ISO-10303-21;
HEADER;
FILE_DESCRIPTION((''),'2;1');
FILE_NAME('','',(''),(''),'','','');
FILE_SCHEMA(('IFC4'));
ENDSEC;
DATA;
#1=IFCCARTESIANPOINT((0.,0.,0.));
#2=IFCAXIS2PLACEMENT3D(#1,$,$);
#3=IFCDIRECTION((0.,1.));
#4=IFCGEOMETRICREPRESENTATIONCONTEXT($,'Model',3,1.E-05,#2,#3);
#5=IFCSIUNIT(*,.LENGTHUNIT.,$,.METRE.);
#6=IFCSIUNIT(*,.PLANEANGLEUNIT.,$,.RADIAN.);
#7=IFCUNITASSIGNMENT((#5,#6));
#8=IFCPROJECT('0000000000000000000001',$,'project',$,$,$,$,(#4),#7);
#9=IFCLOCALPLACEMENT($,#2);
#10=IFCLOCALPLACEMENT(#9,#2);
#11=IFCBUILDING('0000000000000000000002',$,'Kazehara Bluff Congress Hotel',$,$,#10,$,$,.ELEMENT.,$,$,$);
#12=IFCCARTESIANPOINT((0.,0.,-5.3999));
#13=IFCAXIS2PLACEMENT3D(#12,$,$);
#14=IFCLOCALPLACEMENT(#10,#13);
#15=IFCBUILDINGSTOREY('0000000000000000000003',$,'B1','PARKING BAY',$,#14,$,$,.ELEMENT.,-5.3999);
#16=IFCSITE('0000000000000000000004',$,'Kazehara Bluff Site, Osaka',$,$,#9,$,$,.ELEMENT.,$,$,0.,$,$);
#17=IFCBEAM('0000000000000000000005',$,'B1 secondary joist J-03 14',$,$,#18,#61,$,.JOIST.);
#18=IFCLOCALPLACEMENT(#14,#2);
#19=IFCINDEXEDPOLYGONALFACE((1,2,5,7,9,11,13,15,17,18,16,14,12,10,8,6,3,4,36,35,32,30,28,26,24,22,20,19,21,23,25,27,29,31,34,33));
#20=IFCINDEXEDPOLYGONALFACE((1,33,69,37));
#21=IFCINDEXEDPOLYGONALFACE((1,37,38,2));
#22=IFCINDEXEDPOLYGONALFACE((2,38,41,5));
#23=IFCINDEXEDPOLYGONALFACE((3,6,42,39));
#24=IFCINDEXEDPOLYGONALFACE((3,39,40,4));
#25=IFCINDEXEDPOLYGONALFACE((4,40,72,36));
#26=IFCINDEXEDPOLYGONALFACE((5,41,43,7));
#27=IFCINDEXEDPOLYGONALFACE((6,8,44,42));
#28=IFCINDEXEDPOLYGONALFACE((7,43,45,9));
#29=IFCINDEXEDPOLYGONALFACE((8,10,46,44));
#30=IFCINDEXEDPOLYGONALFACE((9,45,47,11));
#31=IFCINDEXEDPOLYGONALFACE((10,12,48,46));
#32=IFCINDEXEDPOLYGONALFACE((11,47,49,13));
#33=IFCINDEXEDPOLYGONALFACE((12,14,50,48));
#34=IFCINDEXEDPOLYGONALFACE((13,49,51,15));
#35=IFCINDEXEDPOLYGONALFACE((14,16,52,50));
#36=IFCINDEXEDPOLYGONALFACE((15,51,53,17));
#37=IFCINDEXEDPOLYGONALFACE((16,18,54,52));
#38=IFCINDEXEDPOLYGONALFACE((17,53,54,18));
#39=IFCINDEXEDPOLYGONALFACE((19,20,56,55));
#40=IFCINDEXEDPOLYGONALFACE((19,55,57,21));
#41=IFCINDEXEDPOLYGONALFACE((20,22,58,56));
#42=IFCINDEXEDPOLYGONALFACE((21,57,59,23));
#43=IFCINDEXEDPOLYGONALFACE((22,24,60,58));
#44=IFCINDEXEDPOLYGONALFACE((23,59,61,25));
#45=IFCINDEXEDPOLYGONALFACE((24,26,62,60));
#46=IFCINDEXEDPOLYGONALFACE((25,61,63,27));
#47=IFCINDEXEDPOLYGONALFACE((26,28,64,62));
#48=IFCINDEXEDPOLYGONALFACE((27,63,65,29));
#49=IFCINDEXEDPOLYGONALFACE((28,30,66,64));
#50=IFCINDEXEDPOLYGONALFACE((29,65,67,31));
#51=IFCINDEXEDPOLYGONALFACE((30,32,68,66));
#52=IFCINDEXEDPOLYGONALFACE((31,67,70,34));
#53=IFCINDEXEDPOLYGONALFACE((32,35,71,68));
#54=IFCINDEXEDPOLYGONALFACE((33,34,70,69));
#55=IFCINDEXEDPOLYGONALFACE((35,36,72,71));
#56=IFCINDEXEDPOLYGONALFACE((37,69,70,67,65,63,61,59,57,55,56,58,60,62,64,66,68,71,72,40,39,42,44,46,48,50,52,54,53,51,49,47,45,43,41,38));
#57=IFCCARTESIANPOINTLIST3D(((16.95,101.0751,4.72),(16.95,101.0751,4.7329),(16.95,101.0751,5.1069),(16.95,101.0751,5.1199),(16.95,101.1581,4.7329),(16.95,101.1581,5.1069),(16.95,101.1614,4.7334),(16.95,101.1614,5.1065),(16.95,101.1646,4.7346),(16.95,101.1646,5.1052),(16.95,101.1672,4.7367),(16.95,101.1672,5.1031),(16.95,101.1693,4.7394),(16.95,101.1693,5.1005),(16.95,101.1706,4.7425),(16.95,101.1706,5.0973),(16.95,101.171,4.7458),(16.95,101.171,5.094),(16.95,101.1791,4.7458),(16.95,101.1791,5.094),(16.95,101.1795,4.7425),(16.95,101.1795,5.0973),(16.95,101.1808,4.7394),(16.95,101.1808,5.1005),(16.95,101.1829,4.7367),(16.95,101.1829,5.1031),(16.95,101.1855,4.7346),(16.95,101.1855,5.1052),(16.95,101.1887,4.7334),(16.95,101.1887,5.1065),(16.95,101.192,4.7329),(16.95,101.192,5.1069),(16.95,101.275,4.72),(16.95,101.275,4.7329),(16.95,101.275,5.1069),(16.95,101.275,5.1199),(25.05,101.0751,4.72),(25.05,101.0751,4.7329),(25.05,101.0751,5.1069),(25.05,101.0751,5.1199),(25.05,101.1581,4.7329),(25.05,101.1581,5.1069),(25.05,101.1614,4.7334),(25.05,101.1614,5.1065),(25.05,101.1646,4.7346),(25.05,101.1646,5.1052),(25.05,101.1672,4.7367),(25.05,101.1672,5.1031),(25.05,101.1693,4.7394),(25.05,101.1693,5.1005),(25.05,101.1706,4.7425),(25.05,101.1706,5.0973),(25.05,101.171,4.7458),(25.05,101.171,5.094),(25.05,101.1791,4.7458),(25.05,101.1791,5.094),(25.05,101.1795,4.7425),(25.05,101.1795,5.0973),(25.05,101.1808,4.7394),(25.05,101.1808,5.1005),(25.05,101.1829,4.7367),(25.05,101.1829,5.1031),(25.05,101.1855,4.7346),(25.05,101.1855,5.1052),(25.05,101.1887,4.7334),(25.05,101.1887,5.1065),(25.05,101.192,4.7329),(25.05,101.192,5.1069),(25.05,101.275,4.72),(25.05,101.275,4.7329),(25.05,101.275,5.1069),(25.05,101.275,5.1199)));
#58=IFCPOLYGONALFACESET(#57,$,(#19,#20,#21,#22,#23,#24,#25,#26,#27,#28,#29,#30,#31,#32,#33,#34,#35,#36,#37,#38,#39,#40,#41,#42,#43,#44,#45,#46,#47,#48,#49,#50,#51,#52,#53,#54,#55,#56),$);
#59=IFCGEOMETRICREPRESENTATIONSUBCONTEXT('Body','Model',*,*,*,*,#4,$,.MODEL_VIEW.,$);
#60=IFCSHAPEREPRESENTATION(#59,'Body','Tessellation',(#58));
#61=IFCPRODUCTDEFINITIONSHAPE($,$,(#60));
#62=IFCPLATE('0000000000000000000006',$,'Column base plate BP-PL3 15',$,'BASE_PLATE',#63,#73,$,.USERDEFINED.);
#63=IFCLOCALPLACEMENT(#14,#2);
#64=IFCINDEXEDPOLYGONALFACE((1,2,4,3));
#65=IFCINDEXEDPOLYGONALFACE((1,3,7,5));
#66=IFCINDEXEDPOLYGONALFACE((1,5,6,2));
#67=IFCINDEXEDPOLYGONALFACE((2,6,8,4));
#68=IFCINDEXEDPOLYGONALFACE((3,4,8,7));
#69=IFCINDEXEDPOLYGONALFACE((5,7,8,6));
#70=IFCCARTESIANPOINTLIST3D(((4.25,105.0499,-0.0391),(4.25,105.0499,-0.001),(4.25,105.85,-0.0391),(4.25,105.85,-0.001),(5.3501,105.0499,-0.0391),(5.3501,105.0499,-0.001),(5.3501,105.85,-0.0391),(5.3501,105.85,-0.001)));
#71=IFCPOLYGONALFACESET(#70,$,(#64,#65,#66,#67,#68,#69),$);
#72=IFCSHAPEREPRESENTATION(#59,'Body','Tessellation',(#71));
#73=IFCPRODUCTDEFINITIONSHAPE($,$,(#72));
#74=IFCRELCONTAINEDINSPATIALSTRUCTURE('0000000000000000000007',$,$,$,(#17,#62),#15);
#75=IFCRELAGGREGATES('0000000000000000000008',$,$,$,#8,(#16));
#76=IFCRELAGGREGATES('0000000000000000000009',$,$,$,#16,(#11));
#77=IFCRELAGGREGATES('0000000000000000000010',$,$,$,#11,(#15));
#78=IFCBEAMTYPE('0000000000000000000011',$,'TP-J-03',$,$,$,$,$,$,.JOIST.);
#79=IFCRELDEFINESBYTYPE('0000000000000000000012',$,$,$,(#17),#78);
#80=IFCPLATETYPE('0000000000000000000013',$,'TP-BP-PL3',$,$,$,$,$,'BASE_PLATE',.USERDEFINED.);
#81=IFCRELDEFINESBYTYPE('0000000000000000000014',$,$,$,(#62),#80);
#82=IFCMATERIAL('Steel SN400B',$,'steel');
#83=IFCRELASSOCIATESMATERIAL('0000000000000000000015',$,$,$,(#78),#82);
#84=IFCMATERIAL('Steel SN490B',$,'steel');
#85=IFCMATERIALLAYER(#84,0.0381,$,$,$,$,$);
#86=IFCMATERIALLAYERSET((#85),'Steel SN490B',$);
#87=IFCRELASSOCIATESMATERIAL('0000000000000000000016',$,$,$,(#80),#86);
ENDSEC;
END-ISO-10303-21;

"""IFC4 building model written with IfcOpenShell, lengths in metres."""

from ifc_helpers import new_model, si_unit, direction, frame, origin, origin_2d, place, context, subcontext, project, spatial, rectangle, i_section, extrude, material, layer, layer_set, material_profile, profile_set, type_object, element, save


model = new_model("IFC4")

# Units and contexts
model_context = context("Model", 3, precision=1e-05, world=origin(), true_north=direction((0.0, 1.0)))
body_context = subcontext(model_context, "Body", "Model", "MODEL_VIEW")
ifc_project = project(units=[si_unit("LENGTHUNIT", "METRE"), si_unit("PLANEANGLEUNIT", "RADIAN")], contexts=[model_context])

# Site, building, storey
site_placement = place(None, origin())
site = spatial("IfcSite", under=ifc_project, at=site_placement, Name="Kazehara Bluff Site, Osaka", CompositionType="ELEMENT", RefElevation=0.0)
building_placement = place(site_placement, origin())
building = spatial("IfcBuilding", under=site, at=building_placement, Name="Kazehara Bluff Congress Hotel", CompositionType="ELEMENT")
storey_placement = place(building_placement, frame((0.0, 0.0, -5.3999)))
storey = spatial("IfcBuildingStorey", under=building, at=storey_placement, Name="B1", Description="PARKING BAY", CompositionType="ELEMENT", Elevation=-5.3999)

# Beam
ifc_material_1 = material(Name="Steel SN400B", Category="steel")
ifc_material_profile_1 = material_profile(ifc_material_1, i_section(OverallWidth=0.2, OverallDepth=0.3999, WebThickness=0.0081, FlangeThickness=0.0129, FilletRadius=0.0129, at=origin_2d()))
ifc_profile_set_1 = profile_set([ifc_material_profile_1], Name="Steel SN400B")
beam_type_1 = type_object("IfcBeamType", Name="TP-J-03", PredefinedType="JOIST", material=ifc_profile_set_1)
beam_1_placement = place(storey_placement, frame((16.95, 101.175, 4.9199), z_axis=(1.0, 0.0, 0.0), x_axis=(0.0, 1.0, 0.0)))
element("IfcBeam", 1, at=beam_1_placement, inside=storey, type_object=beam_type_1, Name="B1 secondary joist J-03 14", PredefinedType="JOIST", context=body_context, shape_type="SweptSolid", body=[
    extrude(i_section(OverallWidth=0.2, OverallDepth=0.3999, WebThickness=0.0081, FlangeThickness=0.0129, FilletRadius=0.0129, at=origin_2d()), origin(), (0.0, 0.0, 1.0), 8.1001),
])

# Plate
ifc_material_2 = material(Name="Steel SN490B", Category="steel")
ifc_layer_1 = layer(ifc_material_2, 0.0381)
ifc_layer_set_1 = layer_set([ifc_layer_1], Name="Steel SN490B")
plate_type = type_object("IfcPlateType", Name="TP-BP-PL3", ElementType="BASE_PLATE", PredefinedType="USERDEFINED", material=ifc_layer_set_1)
plate_placement = place(storey_placement, frame((4.8, 105.45, -0.0391), z_axis=(0.0, 0.0, 1.0), x_axis=(1.0, 0.0, 0.0)))
element("IfcPlate", 2, at=plate_placement, inside=storey, type_object=plate_type, Name="Column base plate BP-PL3 15", ObjectType="BASE_PLATE", PredefinedType="USERDEFINED", context=body_context, shape_type="SweptSolid", body=[
    extrude(rectangle(XDim=1.1001, YDim=0.8, at=origin_2d()), origin(), (0.0, 0.0, 1.0), 0.0381),
])

save(model, "model.ifc")
